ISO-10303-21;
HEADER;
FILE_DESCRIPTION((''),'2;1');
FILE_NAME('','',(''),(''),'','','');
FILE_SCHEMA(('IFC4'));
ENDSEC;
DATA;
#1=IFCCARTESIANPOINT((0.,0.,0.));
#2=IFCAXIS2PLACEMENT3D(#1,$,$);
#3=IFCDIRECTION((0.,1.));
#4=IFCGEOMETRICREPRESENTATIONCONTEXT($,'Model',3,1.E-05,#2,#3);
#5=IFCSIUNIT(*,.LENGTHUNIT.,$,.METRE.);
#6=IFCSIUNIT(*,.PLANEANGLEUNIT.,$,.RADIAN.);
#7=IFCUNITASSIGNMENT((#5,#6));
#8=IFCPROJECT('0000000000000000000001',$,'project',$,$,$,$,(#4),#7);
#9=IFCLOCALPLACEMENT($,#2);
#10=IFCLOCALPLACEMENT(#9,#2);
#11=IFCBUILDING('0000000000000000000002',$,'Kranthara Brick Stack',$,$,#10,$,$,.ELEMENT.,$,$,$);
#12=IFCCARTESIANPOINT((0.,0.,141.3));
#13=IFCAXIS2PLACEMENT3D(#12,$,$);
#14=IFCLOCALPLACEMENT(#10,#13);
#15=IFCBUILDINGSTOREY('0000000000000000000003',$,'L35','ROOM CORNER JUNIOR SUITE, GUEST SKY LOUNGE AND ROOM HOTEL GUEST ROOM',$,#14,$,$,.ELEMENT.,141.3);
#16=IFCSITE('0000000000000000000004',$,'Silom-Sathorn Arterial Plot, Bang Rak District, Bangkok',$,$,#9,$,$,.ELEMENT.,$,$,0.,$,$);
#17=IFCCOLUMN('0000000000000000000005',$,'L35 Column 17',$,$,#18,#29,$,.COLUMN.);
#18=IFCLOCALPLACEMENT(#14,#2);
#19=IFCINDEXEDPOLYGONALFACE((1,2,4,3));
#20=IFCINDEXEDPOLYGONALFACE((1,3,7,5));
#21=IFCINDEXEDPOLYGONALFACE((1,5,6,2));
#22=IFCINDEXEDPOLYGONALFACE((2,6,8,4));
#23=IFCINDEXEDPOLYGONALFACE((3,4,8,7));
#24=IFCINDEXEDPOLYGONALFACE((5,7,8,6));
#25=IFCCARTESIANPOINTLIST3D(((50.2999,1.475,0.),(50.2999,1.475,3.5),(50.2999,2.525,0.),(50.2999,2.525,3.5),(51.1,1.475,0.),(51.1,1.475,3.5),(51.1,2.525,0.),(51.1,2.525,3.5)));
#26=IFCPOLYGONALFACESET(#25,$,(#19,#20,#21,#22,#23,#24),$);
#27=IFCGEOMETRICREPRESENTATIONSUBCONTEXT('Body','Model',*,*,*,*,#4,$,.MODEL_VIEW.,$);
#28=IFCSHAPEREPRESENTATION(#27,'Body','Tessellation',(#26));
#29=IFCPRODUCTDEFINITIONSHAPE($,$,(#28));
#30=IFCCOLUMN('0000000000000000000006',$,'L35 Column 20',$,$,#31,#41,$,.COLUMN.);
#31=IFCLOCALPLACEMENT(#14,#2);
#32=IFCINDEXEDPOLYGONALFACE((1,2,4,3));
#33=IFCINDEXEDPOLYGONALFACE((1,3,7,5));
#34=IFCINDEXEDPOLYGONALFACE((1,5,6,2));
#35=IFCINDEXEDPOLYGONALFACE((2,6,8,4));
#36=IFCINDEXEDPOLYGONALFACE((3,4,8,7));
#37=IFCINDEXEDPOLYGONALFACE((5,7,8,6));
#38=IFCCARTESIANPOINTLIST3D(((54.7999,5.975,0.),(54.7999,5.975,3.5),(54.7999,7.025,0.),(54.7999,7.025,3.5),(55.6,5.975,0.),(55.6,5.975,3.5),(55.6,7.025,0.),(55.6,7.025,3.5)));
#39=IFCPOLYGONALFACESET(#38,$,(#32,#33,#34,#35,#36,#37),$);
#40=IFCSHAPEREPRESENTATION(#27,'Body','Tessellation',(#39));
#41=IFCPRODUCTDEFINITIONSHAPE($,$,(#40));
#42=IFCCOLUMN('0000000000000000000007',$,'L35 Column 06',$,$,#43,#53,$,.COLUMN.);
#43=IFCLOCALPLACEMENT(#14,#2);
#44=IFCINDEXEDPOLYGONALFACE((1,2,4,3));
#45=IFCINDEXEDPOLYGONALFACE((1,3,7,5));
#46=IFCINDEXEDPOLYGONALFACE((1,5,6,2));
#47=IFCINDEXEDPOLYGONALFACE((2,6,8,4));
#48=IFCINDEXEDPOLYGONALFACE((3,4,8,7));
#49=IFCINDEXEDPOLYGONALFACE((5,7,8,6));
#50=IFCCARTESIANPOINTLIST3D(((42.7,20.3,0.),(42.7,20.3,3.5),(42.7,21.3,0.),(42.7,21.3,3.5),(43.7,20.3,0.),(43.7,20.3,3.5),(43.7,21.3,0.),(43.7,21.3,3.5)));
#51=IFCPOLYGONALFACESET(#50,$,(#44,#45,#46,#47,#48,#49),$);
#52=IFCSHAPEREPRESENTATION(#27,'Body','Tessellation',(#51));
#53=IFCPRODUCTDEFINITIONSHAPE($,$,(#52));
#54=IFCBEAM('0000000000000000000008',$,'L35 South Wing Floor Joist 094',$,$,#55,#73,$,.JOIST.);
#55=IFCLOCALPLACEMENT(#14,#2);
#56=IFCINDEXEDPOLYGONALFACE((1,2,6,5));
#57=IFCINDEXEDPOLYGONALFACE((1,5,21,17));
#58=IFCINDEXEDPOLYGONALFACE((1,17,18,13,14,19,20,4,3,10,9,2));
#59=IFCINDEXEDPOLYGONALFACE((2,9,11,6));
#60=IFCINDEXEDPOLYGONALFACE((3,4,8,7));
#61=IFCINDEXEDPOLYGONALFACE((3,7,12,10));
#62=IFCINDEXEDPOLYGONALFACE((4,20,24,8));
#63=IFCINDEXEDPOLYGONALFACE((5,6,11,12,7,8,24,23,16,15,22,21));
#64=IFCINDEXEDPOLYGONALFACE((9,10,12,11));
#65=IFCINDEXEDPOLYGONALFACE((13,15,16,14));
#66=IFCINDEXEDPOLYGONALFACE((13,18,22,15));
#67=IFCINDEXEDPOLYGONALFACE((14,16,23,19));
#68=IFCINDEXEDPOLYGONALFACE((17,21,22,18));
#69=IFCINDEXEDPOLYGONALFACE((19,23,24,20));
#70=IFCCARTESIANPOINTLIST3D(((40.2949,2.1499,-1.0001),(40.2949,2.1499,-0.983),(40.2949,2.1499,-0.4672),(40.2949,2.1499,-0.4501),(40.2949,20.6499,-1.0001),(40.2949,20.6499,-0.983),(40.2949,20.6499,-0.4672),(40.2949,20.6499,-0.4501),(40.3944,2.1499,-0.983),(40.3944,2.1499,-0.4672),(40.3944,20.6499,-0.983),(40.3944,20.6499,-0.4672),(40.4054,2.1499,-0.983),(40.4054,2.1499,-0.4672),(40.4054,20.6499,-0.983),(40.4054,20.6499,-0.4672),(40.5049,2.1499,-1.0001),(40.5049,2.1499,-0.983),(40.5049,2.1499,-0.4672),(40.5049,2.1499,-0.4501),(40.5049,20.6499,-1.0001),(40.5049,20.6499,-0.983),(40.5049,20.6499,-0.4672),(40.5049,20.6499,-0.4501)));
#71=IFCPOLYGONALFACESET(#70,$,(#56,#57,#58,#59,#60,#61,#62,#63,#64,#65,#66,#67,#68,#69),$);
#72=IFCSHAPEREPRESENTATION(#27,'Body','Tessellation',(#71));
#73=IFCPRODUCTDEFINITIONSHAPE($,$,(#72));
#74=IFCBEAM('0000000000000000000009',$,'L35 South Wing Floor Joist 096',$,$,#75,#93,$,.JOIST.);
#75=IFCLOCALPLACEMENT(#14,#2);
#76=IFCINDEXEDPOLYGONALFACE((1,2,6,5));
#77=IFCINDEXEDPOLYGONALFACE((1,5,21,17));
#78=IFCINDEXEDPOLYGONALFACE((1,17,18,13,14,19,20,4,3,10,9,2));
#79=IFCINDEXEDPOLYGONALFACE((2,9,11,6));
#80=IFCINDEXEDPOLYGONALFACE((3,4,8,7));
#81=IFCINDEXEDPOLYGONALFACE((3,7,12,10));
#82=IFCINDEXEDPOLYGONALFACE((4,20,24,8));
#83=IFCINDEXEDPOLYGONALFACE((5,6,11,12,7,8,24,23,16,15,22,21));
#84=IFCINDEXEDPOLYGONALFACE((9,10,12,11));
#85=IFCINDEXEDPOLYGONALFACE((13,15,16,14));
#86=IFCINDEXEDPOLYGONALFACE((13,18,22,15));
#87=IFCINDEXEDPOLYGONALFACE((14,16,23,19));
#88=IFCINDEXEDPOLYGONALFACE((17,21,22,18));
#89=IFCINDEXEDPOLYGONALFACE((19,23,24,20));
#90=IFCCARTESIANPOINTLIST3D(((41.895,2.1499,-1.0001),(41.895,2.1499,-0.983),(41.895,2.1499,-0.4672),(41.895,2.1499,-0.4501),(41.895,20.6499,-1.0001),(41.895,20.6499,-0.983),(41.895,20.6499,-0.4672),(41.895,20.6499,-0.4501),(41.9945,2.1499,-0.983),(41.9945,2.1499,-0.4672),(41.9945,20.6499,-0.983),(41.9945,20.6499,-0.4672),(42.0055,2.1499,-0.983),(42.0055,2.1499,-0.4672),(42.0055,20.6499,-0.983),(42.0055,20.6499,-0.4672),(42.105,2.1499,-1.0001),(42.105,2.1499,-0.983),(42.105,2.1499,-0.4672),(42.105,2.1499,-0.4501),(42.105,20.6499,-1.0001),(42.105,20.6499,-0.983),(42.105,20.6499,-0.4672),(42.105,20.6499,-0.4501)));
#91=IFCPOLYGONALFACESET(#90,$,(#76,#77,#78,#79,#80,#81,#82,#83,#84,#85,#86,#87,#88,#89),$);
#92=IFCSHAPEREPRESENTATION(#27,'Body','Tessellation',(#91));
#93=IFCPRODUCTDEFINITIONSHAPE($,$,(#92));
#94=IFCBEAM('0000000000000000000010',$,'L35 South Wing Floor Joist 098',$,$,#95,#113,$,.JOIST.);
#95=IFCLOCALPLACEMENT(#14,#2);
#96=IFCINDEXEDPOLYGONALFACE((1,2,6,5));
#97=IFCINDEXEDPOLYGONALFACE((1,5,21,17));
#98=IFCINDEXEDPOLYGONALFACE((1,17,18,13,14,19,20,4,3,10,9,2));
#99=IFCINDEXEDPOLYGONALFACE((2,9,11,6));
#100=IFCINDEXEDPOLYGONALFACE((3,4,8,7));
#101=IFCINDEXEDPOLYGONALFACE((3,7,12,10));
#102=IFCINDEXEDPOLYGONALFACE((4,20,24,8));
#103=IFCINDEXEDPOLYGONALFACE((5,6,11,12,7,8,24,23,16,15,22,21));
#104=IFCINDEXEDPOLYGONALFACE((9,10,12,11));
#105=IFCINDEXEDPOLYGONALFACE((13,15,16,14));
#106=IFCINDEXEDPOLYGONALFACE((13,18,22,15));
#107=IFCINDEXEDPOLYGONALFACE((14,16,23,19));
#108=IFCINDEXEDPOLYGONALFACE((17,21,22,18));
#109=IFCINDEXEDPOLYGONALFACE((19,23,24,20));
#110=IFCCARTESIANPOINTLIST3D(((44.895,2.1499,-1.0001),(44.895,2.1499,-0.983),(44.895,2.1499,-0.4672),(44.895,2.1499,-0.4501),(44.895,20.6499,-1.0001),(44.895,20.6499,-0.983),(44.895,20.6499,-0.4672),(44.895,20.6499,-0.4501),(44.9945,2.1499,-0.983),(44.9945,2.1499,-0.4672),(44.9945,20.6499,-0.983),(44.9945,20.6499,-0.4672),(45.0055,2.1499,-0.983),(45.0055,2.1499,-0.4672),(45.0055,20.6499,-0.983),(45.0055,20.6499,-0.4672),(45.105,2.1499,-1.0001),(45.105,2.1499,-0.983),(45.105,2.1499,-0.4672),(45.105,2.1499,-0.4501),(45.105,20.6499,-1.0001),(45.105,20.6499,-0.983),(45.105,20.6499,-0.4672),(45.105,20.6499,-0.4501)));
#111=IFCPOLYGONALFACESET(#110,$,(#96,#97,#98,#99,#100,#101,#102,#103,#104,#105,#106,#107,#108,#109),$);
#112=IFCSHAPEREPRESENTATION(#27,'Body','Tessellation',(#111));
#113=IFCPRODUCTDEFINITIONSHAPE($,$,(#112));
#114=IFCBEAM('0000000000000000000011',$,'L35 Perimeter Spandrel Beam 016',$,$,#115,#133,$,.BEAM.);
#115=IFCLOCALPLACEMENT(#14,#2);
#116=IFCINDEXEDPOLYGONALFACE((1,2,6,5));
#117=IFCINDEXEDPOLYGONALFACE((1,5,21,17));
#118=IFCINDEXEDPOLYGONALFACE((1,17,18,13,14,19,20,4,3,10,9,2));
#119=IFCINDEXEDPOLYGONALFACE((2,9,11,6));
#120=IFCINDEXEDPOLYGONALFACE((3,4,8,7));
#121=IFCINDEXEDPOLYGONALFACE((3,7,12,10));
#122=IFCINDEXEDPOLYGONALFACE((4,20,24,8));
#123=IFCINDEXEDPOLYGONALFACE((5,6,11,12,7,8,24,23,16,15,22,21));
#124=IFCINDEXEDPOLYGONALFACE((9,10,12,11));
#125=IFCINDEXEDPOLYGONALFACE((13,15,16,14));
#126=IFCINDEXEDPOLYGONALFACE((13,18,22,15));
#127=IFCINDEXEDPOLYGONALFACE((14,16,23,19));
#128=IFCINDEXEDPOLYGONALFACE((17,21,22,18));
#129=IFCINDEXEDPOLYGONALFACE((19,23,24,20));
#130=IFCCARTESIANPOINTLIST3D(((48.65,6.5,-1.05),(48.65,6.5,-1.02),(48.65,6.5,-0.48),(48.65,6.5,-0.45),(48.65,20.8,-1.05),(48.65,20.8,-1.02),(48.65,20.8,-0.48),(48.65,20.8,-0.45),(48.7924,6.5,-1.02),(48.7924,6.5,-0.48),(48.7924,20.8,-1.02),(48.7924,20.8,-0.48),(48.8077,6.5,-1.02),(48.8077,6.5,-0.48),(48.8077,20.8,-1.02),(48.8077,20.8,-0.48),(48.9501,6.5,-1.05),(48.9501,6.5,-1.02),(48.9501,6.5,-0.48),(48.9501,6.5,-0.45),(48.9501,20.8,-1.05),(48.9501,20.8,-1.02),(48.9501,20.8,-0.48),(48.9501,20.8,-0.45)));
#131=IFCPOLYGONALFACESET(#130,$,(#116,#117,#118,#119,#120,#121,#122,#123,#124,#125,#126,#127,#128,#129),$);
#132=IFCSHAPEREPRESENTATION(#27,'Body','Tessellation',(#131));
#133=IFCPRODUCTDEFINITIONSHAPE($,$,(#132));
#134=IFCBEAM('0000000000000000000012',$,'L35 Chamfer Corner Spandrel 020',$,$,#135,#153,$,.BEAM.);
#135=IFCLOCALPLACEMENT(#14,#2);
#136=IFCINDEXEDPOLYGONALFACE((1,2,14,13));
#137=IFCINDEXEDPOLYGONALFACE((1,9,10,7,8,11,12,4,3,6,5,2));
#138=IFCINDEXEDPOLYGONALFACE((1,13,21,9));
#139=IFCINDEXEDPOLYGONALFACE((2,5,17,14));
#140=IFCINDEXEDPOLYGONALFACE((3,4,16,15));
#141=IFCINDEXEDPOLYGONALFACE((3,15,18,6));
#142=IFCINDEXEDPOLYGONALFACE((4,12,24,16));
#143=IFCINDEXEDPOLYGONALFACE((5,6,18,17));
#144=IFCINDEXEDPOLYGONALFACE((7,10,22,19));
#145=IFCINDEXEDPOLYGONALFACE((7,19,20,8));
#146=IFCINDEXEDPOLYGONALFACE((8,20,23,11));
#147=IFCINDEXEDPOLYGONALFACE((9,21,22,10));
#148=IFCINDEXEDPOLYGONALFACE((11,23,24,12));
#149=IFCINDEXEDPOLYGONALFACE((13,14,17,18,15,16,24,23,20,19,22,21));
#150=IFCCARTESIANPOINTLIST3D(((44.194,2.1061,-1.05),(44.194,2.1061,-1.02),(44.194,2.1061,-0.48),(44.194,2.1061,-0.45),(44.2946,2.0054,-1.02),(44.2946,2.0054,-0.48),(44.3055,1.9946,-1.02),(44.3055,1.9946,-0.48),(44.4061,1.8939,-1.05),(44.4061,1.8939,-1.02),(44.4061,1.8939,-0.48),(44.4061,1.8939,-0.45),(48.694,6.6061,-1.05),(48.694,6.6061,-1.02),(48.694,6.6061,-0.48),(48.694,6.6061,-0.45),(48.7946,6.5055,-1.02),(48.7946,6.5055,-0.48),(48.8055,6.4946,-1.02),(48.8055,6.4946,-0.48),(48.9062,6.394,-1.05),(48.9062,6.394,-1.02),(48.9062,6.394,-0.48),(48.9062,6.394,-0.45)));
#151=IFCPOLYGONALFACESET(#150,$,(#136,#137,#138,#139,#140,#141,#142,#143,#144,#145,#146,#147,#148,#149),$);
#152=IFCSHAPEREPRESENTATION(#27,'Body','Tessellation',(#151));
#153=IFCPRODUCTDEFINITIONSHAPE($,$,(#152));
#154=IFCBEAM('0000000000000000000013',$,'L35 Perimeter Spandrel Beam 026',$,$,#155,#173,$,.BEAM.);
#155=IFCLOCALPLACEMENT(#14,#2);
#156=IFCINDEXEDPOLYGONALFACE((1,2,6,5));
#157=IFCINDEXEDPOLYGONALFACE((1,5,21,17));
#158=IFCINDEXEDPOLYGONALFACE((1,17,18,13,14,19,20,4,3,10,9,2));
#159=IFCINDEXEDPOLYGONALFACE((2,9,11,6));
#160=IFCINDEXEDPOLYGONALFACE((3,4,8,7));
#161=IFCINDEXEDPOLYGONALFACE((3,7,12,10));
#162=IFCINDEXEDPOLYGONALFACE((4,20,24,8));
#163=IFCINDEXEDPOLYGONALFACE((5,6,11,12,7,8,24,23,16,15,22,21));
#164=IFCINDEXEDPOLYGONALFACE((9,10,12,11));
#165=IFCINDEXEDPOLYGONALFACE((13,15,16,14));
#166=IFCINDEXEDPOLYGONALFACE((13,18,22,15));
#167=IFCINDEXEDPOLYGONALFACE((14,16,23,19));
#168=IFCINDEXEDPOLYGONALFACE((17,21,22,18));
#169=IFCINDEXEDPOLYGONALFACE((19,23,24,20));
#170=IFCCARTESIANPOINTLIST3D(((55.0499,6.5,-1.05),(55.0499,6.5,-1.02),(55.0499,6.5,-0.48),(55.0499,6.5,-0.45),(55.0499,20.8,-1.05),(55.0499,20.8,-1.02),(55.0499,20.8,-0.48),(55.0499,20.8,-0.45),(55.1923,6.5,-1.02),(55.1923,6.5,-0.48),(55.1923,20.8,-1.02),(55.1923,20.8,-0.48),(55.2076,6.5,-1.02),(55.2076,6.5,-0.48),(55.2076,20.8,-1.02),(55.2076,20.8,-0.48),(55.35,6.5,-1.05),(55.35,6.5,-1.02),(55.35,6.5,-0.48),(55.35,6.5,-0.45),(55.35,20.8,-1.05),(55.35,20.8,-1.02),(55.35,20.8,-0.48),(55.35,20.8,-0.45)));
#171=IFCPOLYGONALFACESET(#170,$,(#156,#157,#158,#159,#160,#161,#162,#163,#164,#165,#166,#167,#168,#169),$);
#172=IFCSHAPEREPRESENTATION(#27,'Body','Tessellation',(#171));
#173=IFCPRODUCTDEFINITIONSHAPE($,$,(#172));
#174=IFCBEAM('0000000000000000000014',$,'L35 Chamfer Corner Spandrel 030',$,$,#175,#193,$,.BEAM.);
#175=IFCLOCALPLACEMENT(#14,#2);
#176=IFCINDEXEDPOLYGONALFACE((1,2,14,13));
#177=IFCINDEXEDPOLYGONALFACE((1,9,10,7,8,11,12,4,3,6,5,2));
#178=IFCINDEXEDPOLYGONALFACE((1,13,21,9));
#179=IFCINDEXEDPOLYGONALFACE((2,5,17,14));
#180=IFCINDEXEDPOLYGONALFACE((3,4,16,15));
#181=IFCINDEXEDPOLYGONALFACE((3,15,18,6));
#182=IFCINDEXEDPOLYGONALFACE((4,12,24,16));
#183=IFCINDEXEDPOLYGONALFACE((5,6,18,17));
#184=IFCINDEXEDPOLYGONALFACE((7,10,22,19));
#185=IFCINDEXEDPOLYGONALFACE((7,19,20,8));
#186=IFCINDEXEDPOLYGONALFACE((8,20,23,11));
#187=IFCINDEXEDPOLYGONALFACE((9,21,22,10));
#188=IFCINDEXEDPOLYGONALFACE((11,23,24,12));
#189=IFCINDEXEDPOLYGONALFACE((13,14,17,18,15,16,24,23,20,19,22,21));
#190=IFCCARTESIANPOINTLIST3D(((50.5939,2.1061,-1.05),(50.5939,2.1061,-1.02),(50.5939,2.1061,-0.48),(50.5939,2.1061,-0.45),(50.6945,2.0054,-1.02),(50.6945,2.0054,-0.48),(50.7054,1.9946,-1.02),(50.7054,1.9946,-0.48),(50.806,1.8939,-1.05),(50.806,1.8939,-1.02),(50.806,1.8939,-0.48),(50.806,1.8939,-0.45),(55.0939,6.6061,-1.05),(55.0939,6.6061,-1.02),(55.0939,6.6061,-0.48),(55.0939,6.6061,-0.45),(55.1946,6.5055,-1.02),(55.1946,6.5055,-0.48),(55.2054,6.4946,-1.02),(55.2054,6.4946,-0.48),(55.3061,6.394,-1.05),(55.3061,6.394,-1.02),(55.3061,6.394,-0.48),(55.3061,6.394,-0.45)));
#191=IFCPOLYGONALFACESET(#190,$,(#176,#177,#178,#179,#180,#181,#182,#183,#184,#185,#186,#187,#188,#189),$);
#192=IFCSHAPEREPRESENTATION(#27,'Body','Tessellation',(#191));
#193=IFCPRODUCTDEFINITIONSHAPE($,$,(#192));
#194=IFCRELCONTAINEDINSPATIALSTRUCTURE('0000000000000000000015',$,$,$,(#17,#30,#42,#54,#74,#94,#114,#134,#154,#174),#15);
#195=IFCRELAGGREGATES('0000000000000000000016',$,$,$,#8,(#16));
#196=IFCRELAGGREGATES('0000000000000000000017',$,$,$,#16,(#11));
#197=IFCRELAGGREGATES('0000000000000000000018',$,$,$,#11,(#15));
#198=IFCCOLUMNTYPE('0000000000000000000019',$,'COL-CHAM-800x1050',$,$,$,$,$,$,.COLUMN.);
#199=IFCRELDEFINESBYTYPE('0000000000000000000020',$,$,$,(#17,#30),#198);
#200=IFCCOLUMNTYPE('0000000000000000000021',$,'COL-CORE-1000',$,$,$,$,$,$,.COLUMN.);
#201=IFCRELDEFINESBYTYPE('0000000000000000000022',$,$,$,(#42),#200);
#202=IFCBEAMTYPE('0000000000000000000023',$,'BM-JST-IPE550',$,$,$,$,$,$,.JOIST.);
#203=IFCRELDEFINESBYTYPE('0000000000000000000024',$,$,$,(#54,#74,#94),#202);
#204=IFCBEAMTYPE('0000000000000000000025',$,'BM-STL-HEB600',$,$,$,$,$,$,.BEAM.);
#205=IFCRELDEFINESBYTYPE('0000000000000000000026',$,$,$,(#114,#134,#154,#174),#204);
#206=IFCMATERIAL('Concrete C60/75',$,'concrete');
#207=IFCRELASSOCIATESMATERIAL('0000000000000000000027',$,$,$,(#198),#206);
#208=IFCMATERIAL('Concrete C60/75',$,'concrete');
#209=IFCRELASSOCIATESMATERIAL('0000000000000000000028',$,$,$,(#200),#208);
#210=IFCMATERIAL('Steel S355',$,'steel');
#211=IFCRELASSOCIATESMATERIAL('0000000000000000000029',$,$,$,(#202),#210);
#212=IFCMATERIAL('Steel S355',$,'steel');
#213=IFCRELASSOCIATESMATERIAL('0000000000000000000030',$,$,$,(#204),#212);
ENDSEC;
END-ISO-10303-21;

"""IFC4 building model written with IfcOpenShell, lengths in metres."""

from ifc_helpers import new_model, si_unit, direction, frame, origin, origin_2d, place, context, subcontext, project, spatial, rectangle, i_section, extrude, material, material_profile, profile_set, type_object, element, save


model = new_model("IFC4")

# Units and contexts
model_context = context("Model", 3, precision=1e-05, world=origin(), true_north=direction((0.0, 1.0)))
body_context = subcontext(model_context, "Body", "Model", "MODEL_VIEW")
ifc_project = project(units=[si_unit("LENGTHUNIT", "METRE"), si_unit("PLANEANGLEUNIT", "RADIAN")], contexts=[model_context])

# Site, building, storey
site_placement = place(None, origin())
site = spatial("IfcSite", under=ifc_project, at=site_placement, Name="Silom-Sathorn Arterial Plot, Bang Rak District, Bangkok", CompositionType="ELEMENT", RefElevation=0.0)
building_placement = place(site_placement, origin())
building = spatial("IfcBuilding", under=site, at=building_placement, Name="Kranthara Brick Stack", CompositionType="ELEMENT")
storey_placement = place(building_placement, frame((0.0, 0.0, 141.3)))
storey = spatial("IfcBuildingStorey", under=building, at=storey_placement, Name="L35", Description="ROOM CORNER JUNIOR SUITE, GUEST SKY LOUNGE AND ROOM HOTEL GUEST ROOM", CompositionType="ELEMENT", Elevation=141.3)

# Columns
ifc_material_1 = material(Name="Concrete C60/75", Category="concrete")
ifc_material_profile_1 = material_profile(ifc_material_1, rectangle(XDim=0.8, YDim=1.05, at=origin_2d()), Name="RC 800x1050")
ifc_profile_set_1 = profile_set([ifc_material_profile_1], Name="Concrete C60/75")
column_type_1 = type_object("IfcColumnType", Name="COL-CHAM-800x1050", PredefinedType="COLUMN", material=ifc_profile_set_1)
for number, where, z_axis, x_axis, name in (
    (1, (50.7, 2.0, 0.0), (0.0, 0.0, 1.0), (1.0, 0.0, 0.0), "L35 Column 17"),
    (2, (55.2, 6.5, 0.0), (0.0, 0.0, 1.0), (1.0, 0.0, 0.0), "L35 Column 20"),
):
    element("IfcColumn", number, at=place(storey_placement, frame(where, z_axis=z_axis, x_axis=x_axis)), inside=storey, type_object=column_type_1, Name=name, PredefinedType="COLUMN", context=body_context, shape_type="SweptSolid", body=[
        extrude(rectangle(XDim=0.8, YDim=1.05, at=origin_2d()), origin(), (0.0, 0.0, 1.0), 3.5),
    ])
ifc_material_2 = material(Name="Concrete C60/75", Category="concrete")
ifc_material_profile_2 = material_profile(ifc_material_2, rectangle(XDim=1.0, YDim=1.0, at=origin_2d()), Name="RC 1000x1000")
ifc_profile_set_2 = profile_set([ifc_material_profile_2], Name="Concrete C60/75")
column_type_2 = type_object("IfcColumnType", Name="COL-CORE-1000", PredefinedType="COLUMN", material=ifc_profile_set_2)
column_placement = place(storey_placement, frame((43.2, 20.8, 0.0), z_axis=(0.0, 0.0, 1.0), x_axis=(1.0, 0.0, 0.0)))
element("IfcColumn", 3, at=column_placement, inside=storey, type_object=column_type_2, Name="L35 Column 06", PredefinedType="COLUMN", context=body_context, shape_type="SweptSolid", body=[
    extrude(rectangle(XDim=1.0, YDim=1.0, at=origin_2d()), origin(), (0.0, 0.0, 1.0), 3.5),
])

# Beams
ifc_material_3 = material(Name="Steel S355", Category="steel")
ifc_material_profile_3 = material_profile(ifc_material_3, i_section(OverallWidth=0.21, OverallDepth=0.55, WebThickness=0.011, FlangeThickness=0.0171, at=origin_2d()), Name="IPE 550")
ifc_profile_set_3 = profile_set([ifc_material_profile_3], Name="Steel S355")
beam_type_1 = type_object("IfcBeamType", Name="BM-JST-IPE550", PredefinedType="JOIST", material=ifc_profile_set_3)
for number, where, z_axis, x_axis, name in (
    (4, (40.3999, 2.1499, -0.7251), (0.0, 1.0, 0.0), (-1.0, 0.0, 0.0), "L35 South Wing Floor Joist 094"),
    (5, (42.0, 2.1499, -0.7251), (0.0, 1.0, 0.0), (-1.0, 0.0, 0.0), "L35 South Wing Floor Joist 096"),
    (6, (45.0, 2.1499, -0.7251), (0.0, 1.0, 0.0), (-1.0, 0.0, 0.0), "L35 South Wing Floor Joist 098"),
):
    element("IfcBeam", number, at=place(storey_placement, frame(where, z_axis=z_axis, x_axis=x_axis)), inside=storey, type_object=beam_type_1, Name=name, PredefinedType="JOIST", context=body_context, shape_type="SweptSolid", body=[
        extrude(i_section(OverallWidth=0.21, OverallDepth=0.55, WebThickness=0.011, FlangeThickness=0.0171, at=origin_2d()), origin(), (0.0, 0.0, 1.0), 18.5),
    ])
ifc_material_4 = material(Name="Steel S355", Category="steel")
ifc_material_profile_4 = material_profile(ifc_material_4, i_section(OverallWidth=0.3, OverallDepth=0.6001, WebThickness=0.0154, FlangeThickness=0.03, at=origin_2d()), Name="HEB 600")
ifc_profile_set_4 = profile_set([ifc_material_profile_4], Name="Steel S355")
beam_type_2 = type_object("IfcBeamType", Name="BM-STL-HEB600", PredefinedType="BEAM", material=ifc_profile_set_4)
beam_1_placement = place(storey_placement, frame((48.8, 6.5, -0.75), z_axis=(0.0, 1.0, 0.0), x_axis=(-1.0, 0.0, 0.0)))
element("IfcBeam", 7, at=beam_1_placement, inside=storey, type_object=beam_type_2, Name="L35 Perimeter Spandrel Beam 016", PredefinedType="BEAM", context=body_context, shape_type="SweptSolid", body=[
    extrude(i_section(OverallWidth=0.3, OverallDepth=0.6001, WebThickness=0.0154, FlangeThickness=0.03, at=origin_2d()), origin(), (0.0, 0.0, 1.0), 14.3),
])
beam_2_placement = place(storey_placement, frame((44.3, 2.0, -0.75), z_axis=(0.707107, 0.707107, 0.0), x_axis=(-0.707107, 0.707107, 0.0)))
element("IfcBeam", 8, at=beam_2_placement, inside=storey, type_object=beam_type_2, Name="L35 Chamfer Corner Spandrel 020", PredefinedType="BEAM", context=body_context, shape_type="SweptSolid", body=[
    extrude(i_section(OverallWidth=0.3, OverallDepth=0.6001, WebThickness=0.0154, FlangeThickness=0.03, at=origin_2d()), origin(), (0.0, 0.0, 1.0), 6.364),
])
beam_3_placement = place(storey_placement, frame((55.2, 6.5, -0.75), z_axis=(0.0, 1.0, 0.0), x_axis=(-1.0, 0.0, 0.0)))
element("IfcBeam", 9, at=beam_3_placement, inside=storey, type_object=beam_type_2, Name="L35 Perimeter Spandrel Beam 026", PredefinedType="BEAM", context=body_context, shape_type="SweptSolid", body=[
    extrude(i_section(OverallWidth=0.3, OverallDepth=0.6001, WebThickness=0.0154, FlangeThickness=0.03, at=origin_2d()), origin(), (0.0, 0.0, 1.0), 14.3),
])
beam_4_placement = place(storey_placement, frame((50.7, 2.0, -0.75), z_axis=(0.707107, 0.707107, 0.0), x_axis=(-0.707107, 0.707107, 0.0)))
element("IfcBeam", 10, at=beam_4_placement, inside=storey, type_object=beam_type_2, Name="L35 Chamfer Corner Spandrel 030", PredefinedType="BEAM", context=body_context, shape_type="SweptSolid", body=[
    extrude(i_section(OverallWidth=0.3, OverallDepth=0.6001, WebThickness=0.0154, FlangeThickness=0.03, at=origin_2d()), origin(), (0.0, 0.0, 1.0), 6.364),
])

save(model, "model.ifc")
